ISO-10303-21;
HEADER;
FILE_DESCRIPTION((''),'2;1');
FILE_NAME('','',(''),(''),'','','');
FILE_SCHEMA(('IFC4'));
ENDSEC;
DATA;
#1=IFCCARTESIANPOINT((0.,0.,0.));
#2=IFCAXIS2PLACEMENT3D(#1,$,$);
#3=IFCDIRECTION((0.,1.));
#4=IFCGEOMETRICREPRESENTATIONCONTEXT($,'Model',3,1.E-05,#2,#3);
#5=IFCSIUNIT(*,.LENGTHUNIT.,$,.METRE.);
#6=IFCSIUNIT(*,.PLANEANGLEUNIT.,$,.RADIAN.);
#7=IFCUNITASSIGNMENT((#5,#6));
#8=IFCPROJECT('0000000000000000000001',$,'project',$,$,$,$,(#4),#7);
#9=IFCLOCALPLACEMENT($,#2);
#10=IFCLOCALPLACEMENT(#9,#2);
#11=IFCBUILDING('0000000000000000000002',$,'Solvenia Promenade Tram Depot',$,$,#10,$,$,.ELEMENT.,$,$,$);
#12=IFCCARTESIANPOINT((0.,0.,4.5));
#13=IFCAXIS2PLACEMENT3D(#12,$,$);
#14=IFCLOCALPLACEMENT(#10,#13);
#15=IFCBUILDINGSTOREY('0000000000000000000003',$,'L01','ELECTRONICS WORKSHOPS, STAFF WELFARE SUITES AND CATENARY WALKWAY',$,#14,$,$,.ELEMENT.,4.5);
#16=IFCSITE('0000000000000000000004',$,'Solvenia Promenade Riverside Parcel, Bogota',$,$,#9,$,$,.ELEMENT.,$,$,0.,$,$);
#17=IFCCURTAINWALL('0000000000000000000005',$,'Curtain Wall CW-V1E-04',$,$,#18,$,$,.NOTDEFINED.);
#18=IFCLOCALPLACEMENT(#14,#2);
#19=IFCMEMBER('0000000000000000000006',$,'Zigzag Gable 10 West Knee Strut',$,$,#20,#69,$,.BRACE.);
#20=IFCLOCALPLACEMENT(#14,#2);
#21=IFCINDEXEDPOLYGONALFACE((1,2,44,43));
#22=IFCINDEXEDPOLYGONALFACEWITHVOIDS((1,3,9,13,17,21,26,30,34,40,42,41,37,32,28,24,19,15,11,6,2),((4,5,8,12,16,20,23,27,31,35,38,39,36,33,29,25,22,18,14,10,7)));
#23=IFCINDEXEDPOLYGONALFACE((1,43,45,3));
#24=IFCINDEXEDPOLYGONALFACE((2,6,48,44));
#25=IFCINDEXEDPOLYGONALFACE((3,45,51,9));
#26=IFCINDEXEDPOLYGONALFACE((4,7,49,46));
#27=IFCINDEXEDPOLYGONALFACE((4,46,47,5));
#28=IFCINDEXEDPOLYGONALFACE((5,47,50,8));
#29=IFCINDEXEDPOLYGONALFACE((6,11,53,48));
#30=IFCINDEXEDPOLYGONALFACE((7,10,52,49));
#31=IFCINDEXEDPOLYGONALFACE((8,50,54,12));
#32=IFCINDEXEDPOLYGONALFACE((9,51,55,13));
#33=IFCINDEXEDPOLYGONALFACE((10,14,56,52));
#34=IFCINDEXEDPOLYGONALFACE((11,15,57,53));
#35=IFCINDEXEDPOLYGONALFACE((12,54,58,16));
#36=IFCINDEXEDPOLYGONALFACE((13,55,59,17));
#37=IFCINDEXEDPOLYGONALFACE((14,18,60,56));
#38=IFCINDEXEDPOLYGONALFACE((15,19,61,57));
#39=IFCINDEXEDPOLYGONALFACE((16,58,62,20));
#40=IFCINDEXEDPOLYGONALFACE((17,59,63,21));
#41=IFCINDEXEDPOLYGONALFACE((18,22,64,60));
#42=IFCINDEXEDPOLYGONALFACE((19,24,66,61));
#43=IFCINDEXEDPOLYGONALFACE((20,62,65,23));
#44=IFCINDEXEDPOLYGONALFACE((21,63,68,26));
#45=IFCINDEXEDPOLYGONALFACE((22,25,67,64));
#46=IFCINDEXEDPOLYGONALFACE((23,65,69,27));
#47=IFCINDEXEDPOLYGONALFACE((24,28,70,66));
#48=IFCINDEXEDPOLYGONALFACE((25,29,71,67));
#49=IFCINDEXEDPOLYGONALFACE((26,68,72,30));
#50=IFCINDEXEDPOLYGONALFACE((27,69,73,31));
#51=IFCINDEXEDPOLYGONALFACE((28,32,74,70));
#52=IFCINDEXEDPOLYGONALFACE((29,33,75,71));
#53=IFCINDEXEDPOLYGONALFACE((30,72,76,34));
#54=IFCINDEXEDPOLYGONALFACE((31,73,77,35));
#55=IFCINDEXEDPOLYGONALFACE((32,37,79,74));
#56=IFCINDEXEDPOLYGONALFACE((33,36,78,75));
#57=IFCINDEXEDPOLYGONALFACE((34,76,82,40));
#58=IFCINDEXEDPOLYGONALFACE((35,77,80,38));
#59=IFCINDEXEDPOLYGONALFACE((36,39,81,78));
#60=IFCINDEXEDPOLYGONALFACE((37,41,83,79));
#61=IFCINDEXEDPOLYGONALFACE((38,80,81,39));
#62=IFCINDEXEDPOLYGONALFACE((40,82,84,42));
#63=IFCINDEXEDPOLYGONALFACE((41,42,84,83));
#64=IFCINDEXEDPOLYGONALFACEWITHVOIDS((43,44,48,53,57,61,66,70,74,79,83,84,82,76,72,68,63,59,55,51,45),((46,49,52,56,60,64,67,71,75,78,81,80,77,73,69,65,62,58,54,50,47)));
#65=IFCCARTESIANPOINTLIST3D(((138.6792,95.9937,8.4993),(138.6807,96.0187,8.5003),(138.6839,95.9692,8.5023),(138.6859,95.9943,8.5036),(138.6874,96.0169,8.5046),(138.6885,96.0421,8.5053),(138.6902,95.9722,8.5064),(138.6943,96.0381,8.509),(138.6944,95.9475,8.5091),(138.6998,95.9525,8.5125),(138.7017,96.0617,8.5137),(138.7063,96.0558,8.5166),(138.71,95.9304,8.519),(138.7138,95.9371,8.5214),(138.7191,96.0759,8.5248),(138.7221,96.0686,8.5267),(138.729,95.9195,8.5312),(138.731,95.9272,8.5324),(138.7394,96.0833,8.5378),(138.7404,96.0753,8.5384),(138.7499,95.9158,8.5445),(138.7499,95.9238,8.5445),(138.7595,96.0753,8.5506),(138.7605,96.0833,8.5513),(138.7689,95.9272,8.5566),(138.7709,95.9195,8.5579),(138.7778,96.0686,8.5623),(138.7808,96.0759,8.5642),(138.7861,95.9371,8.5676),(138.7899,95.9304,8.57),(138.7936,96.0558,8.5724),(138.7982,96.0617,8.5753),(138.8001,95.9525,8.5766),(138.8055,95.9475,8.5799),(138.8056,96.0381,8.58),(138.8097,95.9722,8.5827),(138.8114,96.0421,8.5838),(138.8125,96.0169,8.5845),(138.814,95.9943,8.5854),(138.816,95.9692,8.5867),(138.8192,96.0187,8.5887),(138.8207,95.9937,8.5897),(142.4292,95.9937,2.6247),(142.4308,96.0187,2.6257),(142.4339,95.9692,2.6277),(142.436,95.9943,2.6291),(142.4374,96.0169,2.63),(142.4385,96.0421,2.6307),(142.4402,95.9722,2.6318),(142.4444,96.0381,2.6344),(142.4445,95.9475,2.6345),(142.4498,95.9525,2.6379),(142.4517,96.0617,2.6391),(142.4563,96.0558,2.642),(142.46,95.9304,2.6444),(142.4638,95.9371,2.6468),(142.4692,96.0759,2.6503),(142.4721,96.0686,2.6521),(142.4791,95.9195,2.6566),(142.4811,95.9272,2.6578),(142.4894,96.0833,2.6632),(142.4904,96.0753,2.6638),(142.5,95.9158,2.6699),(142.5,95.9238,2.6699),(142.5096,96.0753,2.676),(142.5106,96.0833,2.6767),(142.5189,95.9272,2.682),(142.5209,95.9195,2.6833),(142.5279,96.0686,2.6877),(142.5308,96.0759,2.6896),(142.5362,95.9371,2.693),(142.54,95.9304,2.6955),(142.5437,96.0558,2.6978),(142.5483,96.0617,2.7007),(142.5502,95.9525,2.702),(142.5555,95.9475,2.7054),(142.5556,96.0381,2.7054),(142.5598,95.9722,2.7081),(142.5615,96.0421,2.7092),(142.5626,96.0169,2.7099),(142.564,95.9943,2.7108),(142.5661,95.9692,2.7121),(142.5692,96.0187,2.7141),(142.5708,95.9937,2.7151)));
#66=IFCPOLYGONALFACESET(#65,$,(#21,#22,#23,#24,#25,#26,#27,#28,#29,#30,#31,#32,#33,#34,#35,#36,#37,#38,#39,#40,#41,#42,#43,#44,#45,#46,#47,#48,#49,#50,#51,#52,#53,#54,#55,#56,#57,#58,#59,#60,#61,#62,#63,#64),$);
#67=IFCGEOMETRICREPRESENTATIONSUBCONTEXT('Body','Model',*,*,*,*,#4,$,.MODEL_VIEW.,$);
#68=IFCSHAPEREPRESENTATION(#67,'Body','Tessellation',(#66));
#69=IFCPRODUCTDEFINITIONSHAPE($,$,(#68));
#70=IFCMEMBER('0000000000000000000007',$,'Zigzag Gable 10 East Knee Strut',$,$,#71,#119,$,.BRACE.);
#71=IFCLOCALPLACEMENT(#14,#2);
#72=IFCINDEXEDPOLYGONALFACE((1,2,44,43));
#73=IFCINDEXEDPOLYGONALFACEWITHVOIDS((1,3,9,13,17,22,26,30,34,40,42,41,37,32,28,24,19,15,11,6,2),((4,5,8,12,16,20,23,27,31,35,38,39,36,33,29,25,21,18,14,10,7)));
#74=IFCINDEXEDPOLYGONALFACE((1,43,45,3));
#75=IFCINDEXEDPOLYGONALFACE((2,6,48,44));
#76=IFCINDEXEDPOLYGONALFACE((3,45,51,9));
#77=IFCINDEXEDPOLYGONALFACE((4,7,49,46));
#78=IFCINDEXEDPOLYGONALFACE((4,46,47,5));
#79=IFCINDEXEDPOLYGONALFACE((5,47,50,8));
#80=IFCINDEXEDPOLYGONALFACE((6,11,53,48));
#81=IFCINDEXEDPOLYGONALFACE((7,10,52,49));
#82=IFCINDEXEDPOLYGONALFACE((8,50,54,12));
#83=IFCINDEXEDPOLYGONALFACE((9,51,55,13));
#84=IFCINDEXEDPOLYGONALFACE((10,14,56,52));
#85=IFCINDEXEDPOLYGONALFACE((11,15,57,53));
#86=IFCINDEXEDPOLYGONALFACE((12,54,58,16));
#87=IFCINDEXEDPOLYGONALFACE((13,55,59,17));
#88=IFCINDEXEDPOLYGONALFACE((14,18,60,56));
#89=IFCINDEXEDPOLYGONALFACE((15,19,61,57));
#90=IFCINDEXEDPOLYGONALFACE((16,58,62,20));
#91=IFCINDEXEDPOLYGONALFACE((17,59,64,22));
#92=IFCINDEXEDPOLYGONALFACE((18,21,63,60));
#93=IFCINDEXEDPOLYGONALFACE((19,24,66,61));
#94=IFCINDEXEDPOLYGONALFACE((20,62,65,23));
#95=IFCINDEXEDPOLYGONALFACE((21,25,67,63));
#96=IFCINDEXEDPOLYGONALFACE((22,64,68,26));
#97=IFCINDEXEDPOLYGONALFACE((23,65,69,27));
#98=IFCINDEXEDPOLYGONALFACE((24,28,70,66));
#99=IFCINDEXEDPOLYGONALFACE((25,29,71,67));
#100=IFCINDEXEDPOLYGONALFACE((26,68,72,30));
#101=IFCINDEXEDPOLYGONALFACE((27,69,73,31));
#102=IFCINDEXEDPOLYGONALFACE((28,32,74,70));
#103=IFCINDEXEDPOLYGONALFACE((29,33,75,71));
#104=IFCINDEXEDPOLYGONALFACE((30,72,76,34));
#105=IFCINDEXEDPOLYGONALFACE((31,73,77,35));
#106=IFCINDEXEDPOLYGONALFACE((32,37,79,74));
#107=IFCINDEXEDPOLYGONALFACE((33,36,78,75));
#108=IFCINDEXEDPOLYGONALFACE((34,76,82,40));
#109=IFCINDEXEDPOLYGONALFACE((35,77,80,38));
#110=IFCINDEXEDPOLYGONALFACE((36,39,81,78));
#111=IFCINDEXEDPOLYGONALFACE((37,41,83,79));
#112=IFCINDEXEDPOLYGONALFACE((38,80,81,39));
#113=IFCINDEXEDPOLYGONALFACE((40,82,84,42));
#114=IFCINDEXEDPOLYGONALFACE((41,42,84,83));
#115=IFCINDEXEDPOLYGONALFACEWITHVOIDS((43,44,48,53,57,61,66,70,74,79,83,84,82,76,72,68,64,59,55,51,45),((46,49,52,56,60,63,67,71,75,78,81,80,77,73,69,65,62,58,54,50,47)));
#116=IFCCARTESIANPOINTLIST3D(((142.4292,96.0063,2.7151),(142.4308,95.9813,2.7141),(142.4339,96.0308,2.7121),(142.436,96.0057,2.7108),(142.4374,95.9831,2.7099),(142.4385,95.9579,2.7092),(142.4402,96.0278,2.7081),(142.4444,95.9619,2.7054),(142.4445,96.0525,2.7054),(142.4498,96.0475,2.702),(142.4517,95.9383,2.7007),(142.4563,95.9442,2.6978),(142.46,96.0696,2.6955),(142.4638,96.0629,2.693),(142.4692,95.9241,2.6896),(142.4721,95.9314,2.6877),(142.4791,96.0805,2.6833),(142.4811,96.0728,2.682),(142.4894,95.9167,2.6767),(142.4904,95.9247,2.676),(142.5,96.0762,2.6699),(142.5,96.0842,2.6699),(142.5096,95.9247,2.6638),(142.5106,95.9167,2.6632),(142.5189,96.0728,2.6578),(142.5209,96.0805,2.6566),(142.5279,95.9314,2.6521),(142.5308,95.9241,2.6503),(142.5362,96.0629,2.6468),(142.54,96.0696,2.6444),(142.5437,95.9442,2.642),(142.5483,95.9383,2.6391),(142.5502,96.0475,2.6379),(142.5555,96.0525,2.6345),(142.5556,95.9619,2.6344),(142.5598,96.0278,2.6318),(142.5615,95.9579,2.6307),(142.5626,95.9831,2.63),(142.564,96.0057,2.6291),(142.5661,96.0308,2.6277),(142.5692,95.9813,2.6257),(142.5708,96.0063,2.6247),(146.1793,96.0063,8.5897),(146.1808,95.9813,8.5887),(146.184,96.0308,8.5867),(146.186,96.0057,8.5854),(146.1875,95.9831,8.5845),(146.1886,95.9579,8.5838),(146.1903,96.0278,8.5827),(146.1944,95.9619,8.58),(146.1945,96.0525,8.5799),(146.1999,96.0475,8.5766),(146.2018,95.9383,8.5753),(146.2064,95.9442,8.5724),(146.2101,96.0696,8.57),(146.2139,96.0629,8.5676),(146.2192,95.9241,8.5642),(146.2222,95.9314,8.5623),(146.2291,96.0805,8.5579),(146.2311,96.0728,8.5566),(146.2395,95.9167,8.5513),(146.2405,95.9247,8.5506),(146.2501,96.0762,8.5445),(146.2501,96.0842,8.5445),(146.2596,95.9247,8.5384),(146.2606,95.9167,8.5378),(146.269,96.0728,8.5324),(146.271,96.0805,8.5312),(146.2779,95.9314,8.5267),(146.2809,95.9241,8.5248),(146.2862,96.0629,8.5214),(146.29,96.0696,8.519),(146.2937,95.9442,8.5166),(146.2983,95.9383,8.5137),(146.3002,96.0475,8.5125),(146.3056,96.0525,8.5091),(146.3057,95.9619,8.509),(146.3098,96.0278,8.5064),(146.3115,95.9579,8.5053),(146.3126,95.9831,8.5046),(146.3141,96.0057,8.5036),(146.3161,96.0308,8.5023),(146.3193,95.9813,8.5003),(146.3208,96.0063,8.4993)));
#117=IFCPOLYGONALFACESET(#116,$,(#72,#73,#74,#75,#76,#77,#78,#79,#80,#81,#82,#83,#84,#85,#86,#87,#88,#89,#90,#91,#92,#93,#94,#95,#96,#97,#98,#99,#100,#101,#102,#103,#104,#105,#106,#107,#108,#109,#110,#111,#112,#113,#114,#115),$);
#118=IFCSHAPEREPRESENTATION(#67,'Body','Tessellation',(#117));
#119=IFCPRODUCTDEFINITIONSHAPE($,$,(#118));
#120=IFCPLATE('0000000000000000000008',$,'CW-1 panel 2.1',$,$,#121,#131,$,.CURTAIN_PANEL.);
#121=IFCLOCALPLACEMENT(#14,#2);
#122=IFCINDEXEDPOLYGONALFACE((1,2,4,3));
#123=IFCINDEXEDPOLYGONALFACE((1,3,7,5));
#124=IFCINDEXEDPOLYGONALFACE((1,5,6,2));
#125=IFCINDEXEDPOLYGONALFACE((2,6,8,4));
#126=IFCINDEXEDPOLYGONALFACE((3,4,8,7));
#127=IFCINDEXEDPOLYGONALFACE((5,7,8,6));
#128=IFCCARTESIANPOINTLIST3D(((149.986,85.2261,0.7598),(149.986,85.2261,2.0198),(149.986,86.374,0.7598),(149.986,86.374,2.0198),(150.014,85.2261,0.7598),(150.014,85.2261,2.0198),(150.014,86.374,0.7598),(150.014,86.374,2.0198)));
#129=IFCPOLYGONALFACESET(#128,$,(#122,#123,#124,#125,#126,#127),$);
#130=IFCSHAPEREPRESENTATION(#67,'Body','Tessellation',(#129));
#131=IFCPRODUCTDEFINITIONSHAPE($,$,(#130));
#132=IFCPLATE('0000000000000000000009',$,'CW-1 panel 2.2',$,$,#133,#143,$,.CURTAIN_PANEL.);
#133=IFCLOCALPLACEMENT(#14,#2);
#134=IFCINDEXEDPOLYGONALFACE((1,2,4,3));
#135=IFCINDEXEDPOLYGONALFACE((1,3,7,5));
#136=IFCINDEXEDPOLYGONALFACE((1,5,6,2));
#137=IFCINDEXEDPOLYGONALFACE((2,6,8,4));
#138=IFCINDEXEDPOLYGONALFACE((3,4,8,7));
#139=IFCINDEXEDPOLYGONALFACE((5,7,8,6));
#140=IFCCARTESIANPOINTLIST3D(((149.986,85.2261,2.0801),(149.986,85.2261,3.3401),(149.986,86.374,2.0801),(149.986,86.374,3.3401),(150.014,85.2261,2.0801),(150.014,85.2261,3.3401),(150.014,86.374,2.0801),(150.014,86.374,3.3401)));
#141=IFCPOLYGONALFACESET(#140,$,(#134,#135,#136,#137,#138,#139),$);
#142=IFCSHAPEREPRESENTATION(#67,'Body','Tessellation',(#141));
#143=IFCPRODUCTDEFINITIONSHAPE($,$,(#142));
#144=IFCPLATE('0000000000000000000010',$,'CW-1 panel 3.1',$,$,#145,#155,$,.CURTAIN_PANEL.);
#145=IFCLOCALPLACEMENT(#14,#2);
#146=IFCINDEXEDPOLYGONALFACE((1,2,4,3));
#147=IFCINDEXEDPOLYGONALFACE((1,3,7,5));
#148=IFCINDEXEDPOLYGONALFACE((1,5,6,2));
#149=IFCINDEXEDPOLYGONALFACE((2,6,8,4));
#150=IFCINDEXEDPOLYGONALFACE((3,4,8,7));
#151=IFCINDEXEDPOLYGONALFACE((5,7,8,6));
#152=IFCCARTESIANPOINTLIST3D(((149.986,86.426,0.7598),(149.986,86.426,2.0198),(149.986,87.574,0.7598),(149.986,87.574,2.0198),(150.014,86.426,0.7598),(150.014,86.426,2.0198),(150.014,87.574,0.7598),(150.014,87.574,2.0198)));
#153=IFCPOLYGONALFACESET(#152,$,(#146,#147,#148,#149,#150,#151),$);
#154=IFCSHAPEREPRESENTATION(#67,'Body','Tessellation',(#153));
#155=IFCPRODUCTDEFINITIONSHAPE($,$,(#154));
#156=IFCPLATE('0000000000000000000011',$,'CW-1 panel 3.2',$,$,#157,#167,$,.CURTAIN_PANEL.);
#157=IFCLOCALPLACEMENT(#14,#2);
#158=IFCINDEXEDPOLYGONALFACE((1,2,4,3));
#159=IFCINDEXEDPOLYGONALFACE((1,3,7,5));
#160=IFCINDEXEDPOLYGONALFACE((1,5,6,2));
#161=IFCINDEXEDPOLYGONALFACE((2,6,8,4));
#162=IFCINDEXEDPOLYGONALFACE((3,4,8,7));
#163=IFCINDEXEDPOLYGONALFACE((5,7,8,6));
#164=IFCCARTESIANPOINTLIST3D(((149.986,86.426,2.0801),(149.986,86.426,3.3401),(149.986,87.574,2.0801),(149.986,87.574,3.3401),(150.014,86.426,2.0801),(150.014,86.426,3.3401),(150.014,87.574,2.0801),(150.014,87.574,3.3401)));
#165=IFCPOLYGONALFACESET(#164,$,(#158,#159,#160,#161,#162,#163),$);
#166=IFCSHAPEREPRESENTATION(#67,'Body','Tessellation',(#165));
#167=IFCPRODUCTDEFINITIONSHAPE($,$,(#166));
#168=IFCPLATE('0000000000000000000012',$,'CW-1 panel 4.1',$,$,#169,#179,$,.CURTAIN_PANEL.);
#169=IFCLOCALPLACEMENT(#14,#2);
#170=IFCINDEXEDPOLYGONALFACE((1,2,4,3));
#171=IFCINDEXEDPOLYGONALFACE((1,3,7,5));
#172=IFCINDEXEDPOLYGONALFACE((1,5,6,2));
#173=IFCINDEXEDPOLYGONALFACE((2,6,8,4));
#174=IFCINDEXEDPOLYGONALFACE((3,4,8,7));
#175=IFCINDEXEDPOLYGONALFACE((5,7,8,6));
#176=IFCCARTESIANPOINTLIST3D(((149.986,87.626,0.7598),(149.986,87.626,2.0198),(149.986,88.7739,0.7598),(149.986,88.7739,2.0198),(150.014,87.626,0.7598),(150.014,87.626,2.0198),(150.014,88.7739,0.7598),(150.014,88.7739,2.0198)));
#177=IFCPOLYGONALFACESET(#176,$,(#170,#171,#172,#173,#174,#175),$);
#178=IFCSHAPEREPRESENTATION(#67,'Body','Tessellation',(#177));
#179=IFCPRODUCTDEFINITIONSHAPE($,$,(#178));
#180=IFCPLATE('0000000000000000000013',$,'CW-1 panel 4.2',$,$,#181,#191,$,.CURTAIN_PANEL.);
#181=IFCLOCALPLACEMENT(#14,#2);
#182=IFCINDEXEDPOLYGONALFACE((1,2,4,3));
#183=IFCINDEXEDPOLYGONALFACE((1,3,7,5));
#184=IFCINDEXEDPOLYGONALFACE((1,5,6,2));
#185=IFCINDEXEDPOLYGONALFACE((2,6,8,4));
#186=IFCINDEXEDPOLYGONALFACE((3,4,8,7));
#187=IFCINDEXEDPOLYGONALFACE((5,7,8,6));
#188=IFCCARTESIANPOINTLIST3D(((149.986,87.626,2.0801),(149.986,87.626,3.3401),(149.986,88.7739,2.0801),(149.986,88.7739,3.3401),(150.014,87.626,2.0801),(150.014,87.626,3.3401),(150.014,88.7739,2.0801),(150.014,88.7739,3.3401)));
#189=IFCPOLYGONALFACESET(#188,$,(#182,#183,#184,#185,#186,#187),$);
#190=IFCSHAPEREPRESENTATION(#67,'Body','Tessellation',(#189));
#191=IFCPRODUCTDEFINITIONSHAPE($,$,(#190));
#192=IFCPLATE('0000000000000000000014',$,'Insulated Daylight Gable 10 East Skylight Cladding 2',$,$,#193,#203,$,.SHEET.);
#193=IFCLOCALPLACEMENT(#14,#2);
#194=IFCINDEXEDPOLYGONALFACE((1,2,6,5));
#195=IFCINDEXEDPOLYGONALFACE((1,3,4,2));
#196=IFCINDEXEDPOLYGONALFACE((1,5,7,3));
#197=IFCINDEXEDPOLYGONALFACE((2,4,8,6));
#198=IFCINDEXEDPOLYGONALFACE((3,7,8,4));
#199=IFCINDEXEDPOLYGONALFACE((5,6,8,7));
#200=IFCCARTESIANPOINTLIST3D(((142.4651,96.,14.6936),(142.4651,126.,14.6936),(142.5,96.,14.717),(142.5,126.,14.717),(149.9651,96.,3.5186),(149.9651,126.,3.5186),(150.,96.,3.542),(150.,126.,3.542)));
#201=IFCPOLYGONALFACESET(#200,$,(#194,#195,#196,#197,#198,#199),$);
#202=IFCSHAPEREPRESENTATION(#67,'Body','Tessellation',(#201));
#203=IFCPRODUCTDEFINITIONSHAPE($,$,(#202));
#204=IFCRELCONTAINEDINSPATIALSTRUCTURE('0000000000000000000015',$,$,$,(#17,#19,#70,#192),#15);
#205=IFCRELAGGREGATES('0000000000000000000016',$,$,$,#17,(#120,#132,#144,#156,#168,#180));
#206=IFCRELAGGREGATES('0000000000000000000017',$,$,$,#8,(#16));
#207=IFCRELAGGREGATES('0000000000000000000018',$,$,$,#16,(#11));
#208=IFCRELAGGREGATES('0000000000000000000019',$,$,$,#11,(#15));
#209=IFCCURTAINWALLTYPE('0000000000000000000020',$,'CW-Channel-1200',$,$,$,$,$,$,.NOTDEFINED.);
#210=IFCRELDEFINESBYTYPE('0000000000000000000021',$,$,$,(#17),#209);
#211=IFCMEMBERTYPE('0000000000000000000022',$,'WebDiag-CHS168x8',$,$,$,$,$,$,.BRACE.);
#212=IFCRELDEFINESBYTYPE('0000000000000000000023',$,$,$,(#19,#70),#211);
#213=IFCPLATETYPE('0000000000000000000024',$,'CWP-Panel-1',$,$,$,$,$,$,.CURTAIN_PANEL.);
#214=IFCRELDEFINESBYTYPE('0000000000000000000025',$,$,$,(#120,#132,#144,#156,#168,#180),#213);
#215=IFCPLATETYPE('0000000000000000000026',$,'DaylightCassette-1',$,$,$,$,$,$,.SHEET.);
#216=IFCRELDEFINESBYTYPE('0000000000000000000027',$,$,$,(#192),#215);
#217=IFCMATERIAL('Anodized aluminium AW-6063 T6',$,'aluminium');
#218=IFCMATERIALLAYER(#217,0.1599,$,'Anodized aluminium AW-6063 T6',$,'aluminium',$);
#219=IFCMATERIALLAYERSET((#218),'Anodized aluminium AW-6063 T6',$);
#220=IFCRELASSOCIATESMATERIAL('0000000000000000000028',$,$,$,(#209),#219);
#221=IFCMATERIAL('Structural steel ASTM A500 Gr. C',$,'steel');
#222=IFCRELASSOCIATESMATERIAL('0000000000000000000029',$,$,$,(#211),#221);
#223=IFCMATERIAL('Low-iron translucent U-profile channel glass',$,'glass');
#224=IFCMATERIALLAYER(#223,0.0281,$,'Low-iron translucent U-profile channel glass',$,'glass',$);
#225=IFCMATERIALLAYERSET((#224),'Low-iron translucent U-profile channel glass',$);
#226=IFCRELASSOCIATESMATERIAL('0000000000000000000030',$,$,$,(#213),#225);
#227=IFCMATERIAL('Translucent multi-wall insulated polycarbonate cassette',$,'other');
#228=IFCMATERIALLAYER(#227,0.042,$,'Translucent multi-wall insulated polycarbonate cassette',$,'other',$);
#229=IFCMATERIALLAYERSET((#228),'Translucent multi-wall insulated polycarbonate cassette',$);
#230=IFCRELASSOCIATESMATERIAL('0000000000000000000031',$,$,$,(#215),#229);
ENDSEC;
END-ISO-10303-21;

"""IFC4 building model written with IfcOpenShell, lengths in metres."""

from ifc_helpers import new_model, si_unit, direction, frame, origin, origin_2d, place, context, subcontext, project, spatial, polyline, rectangle, hollow_circle, outline, extrude, material, layer, layer_set, material_profile, profile_set, type_object, element, aggregate, save


model = new_model("IFC4")

# Units and contexts
model_context = context("Model", 3, precision=1e-05, world=origin(), true_north=direction((0.0, 1.0)))
body_context = subcontext(model_context, "Body", "Model", "MODEL_VIEW")
ifc_project = project(units=[si_unit("LENGTHUNIT", "METRE"), si_unit("PLANEANGLEUNIT", "RADIAN")], contexts=[model_context])

# Site, building, storey
site_placement = place(None, origin())
site = spatial("IfcSite", under=ifc_project, at=site_placement, Name="Solvenia Promenade Riverside Parcel, Bogota", CompositionType="ELEMENT", RefElevation=0.0)
building_placement = place(site_placement, origin())
building = spatial("IfcBuilding", under=site, at=building_placement, Name="Solvenia Promenade Tram Depot", CompositionType="ELEMENT")
storey_placement = place(building_placement, frame((0.0, 0.0, 4.5)))
storey = spatial("IfcBuildingStorey", under=building, at=storey_placement, Name="L01", Description="ELECTRONICS WORKSHOPS, STAFF WELFARE SUITES AND CATENARY WALKWAY", CompositionType="ELEMENT", Elevation=4.5)

# Curtain wall
ifc_material_1 = material(Name="Anodized aluminium AW-6063 T6", Category="aluminium")
ifc_layer_1 = layer(ifc_material_1, 0.1599, Name="Anodized aluminium AW-6063 T6", Category="aluminium")
ifc_layer_set_1 = layer_set([ifc_layer_1], Name="Anodized aluminium AW-6063 T6")
curtain_wall_type = type_object("IfcCurtainWallType", Name="CW-Channel-1200", PredefinedType="NOTDEFINED", material=ifc_layer_set_1)
curtain_wall_placement = place(storey_placement, origin())
curtain_wall = element("IfcCurtainWall", 1, at=curtain_wall_placement, inside=storey, type_object=curtain_wall_type, Name="Curtain Wall CW-V1E-04", PredefinedType="NOTDEFINED")

# Shared definitions
ifc_material_2 = material(Name="Structural steel ASTM A500 Gr. C", Category="steel")

# Members
ifc_material_profile_1 = material_profile(ifc_material_2, hollow_circle(Radius=0.0842, WallThickness=0.0081, at=origin_2d()), Name="CHS168.3x8", Category="steel")
ifc_profile_set_1 = profile_set([ifc_material_profile_1], Name="Structural steel ASTM A500 Gr. C")
member_type_1 = type_object("IfcMemberType", Name="WebDiag-CHS168x8", PredefinedType="BRACE", material=ifc_profile_set_1)
for number, where, z_axis, x_axis, name in (
    (2, (142.5, 96.0, 2.6699), (-0.538067, 0.0, 0.842902), (0.0, -1.0, 0.0), "Zigzag Gable 10 West Knee Strut"),
    (3, (142.5, 96.0, 2.6699), (0.538067, 0.0, 0.842902), (0.0, 1.0, 0.0), "Zigzag Gable 10 East Knee Strut"),
):
    element("IfcMember", number, at=place(storey_placement, frame(where, z_axis=z_axis, x_axis=x_axis)), inside=storey, type_object=member_type_1, Name=name, PredefinedType="BRACE", context=body_context, shape_type="SweptSolid", body=[
        extrude(hollow_circle(Radius=0.0842, WallThickness=0.0081, at=origin_2d()), origin(), (0.0, 0.0, 1.0), 6.9695),
    ])

# Plates
ifc_material_3 = material(Name="Low-iron translucent U-profile channel glass", Category="glass")
ifc_layer_2 = layer(ifc_material_3, 0.0281, Name="Low-iron translucent U-profile channel glass", Category="glass")
ifc_layer_set_2 = layer_set([ifc_layer_2], Name="Low-iron translucent U-profile channel glass")
plate_type_1 = type_object("IfcPlateType", Name="CWP-Panel-1", PredefinedType="CURTAIN_PANEL", material=ifc_layer_set_2)
plate_1_placement = place(storey_placement, frame((150.0, 85.8, 0.7598), z_axis=(0.0, 0.0, 1.0), x_axis=(0.0, 1.0, 0.0)))
plate_1 = element("IfcPlate", 4, at=plate_1_placement, type_object=plate_type_1, Name="CW-1 panel 2.1", PredefinedType="CURTAIN_PANEL", context=body_context, shape_type="SweptSolid", body=[
    extrude(rectangle(XDim=1.1479, YDim=0.0281, at=origin_2d()), origin(), (0.0, 0.0, 1.0), 1.26),
])
plate_2_placement = place(storey_placement, frame((150.0, 85.8, 2.0801), z_axis=(0.0, 0.0, 1.0), x_axis=(0.0, 1.0, 0.0)))
plate_2 = element("IfcPlate", 5, at=plate_2_placement, type_object=plate_type_1, Name="CW-1 panel 2.2", PredefinedType="CURTAIN_PANEL", context=body_context, shape_type="SweptSolid", body=[
    extrude(rectangle(XDim=1.1479, YDim=0.0281, at=origin_2d()), origin(), (0.0, 0.0, 1.0), 1.26),
])
plate_3_placement = place(storey_placement, frame((150.0, 87.0, 0.7598), z_axis=(0.0, 0.0, 1.0), x_axis=(0.0, 1.0, 0.0)))
plate_3 = element("IfcPlate", 6, at=plate_3_placement, type_object=plate_type_1, Name="CW-1 panel 3.1", PredefinedType="CURTAIN_PANEL", context=body_context, shape_type="SweptSolid", body=[
    extrude(rectangle(XDim=1.1479, YDim=0.0281, at=origin_2d()), origin(), (0.0, 0.0, 1.0), 1.26),
])
plate_4_placement = place(storey_placement, frame((150.0, 87.0, 2.0801), z_axis=(0.0, 0.0, 1.0), x_axis=(0.0, 1.0, 0.0)))
plate_4 = element("IfcPlate", 7, at=plate_4_placement, type_object=plate_type_1, Name="CW-1 panel 3.2", PredefinedType="CURTAIN_PANEL", context=body_context, shape_type="SweptSolid", body=[
    extrude(rectangle(XDim=1.1479, YDim=0.0281, at=origin_2d()), origin(), (0.0, 0.0, 1.0), 1.26),
])
plate_5_placement = place(storey_placement, frame((150.0, 88.2, 0.7598), z_axis=(0.0, 0.0, 1.0), x_axis=(0.0, 1.0, 0.0)))
plate_5 = element("IfcPlate", 8, at=plate_5_placement, type_object=plate_type_1, Name="CW-1 panel 4.1", PredefinedType="CURTAIN_PANEL", context=body_context, shape_type="SweptSolid", body=[
    extrude(rectangle(XDim=1.1479, YDim=0.0281, at=origin_2d()), origin(), (0.0, 0.0, 1.0), 1.26),
])
plate_6_placement = place(storey_placement, frame((150.0, 88.2, 2.0801), z_axis=(0.0, 0.0, 1.0), x_axis=(0.0, 1.0, 0.0)))
plate_6 = element("IfcPlate", 9, at=plate_6_placement, type_object=plate_type_1, Name="CW-1 panel 4.2", PredefinedType="CURTAIN_PANEL", context=body_context, shape_type="SweptSolid", body=[
    extrude(rectangle(XDim=1.1479, YDim=0.0281, at=origin_2d()), origin(), (0.0, 0.0, 1.0), 1.26),
])
aggregate(curtain_wall, [plate_1, plate_2, plate_3, plate_4, plate_5, plate_6])
ifc_material_4 = material(Name="Translucent multi-wall insulated polycarbonate cassette", Category="other")
ifc_layer_3 = layer(ifc_material_4, 0.042, Name="Translucent multi-wall insulated polycarbonate cassette", Category="other")
ifc_layer_set_3 = layer_set([ifc_layer_3], Name="Translucent multi-wall insulated polycarbonate cassette")
plate_type_2 = type_object("IfcPlateType", Name="DaylightCassette-1", PredefinedType="SHEET", material=ifc_layer_set_3)
plate_7_placement = place(storey_placement, frame((142.5, 96.0, 14.717), z_axis=(0.830333, 0.0, 0.557268), x_axis=(0.0, 1.0, 0.0)))
element("IfcPlate", 10, at=plate_7_placement, inside=storey, type_object=plate_type_2, Name="Insulated Daylight Gable 10 East Skylight Cladding 2", PredefinedType="SHEET", context=body_context, shape_type="SweptSolid", body=[
    extrude(outline(polyline([(0.0, 0.0), (30.0, 0.0), (30.0, -13.4585), (0.0, -13.4585), (0.0, 0.0)])), origin(), (0.0, 0.0, -1.0), 0.042),
])

save(model, "model.ifc")
